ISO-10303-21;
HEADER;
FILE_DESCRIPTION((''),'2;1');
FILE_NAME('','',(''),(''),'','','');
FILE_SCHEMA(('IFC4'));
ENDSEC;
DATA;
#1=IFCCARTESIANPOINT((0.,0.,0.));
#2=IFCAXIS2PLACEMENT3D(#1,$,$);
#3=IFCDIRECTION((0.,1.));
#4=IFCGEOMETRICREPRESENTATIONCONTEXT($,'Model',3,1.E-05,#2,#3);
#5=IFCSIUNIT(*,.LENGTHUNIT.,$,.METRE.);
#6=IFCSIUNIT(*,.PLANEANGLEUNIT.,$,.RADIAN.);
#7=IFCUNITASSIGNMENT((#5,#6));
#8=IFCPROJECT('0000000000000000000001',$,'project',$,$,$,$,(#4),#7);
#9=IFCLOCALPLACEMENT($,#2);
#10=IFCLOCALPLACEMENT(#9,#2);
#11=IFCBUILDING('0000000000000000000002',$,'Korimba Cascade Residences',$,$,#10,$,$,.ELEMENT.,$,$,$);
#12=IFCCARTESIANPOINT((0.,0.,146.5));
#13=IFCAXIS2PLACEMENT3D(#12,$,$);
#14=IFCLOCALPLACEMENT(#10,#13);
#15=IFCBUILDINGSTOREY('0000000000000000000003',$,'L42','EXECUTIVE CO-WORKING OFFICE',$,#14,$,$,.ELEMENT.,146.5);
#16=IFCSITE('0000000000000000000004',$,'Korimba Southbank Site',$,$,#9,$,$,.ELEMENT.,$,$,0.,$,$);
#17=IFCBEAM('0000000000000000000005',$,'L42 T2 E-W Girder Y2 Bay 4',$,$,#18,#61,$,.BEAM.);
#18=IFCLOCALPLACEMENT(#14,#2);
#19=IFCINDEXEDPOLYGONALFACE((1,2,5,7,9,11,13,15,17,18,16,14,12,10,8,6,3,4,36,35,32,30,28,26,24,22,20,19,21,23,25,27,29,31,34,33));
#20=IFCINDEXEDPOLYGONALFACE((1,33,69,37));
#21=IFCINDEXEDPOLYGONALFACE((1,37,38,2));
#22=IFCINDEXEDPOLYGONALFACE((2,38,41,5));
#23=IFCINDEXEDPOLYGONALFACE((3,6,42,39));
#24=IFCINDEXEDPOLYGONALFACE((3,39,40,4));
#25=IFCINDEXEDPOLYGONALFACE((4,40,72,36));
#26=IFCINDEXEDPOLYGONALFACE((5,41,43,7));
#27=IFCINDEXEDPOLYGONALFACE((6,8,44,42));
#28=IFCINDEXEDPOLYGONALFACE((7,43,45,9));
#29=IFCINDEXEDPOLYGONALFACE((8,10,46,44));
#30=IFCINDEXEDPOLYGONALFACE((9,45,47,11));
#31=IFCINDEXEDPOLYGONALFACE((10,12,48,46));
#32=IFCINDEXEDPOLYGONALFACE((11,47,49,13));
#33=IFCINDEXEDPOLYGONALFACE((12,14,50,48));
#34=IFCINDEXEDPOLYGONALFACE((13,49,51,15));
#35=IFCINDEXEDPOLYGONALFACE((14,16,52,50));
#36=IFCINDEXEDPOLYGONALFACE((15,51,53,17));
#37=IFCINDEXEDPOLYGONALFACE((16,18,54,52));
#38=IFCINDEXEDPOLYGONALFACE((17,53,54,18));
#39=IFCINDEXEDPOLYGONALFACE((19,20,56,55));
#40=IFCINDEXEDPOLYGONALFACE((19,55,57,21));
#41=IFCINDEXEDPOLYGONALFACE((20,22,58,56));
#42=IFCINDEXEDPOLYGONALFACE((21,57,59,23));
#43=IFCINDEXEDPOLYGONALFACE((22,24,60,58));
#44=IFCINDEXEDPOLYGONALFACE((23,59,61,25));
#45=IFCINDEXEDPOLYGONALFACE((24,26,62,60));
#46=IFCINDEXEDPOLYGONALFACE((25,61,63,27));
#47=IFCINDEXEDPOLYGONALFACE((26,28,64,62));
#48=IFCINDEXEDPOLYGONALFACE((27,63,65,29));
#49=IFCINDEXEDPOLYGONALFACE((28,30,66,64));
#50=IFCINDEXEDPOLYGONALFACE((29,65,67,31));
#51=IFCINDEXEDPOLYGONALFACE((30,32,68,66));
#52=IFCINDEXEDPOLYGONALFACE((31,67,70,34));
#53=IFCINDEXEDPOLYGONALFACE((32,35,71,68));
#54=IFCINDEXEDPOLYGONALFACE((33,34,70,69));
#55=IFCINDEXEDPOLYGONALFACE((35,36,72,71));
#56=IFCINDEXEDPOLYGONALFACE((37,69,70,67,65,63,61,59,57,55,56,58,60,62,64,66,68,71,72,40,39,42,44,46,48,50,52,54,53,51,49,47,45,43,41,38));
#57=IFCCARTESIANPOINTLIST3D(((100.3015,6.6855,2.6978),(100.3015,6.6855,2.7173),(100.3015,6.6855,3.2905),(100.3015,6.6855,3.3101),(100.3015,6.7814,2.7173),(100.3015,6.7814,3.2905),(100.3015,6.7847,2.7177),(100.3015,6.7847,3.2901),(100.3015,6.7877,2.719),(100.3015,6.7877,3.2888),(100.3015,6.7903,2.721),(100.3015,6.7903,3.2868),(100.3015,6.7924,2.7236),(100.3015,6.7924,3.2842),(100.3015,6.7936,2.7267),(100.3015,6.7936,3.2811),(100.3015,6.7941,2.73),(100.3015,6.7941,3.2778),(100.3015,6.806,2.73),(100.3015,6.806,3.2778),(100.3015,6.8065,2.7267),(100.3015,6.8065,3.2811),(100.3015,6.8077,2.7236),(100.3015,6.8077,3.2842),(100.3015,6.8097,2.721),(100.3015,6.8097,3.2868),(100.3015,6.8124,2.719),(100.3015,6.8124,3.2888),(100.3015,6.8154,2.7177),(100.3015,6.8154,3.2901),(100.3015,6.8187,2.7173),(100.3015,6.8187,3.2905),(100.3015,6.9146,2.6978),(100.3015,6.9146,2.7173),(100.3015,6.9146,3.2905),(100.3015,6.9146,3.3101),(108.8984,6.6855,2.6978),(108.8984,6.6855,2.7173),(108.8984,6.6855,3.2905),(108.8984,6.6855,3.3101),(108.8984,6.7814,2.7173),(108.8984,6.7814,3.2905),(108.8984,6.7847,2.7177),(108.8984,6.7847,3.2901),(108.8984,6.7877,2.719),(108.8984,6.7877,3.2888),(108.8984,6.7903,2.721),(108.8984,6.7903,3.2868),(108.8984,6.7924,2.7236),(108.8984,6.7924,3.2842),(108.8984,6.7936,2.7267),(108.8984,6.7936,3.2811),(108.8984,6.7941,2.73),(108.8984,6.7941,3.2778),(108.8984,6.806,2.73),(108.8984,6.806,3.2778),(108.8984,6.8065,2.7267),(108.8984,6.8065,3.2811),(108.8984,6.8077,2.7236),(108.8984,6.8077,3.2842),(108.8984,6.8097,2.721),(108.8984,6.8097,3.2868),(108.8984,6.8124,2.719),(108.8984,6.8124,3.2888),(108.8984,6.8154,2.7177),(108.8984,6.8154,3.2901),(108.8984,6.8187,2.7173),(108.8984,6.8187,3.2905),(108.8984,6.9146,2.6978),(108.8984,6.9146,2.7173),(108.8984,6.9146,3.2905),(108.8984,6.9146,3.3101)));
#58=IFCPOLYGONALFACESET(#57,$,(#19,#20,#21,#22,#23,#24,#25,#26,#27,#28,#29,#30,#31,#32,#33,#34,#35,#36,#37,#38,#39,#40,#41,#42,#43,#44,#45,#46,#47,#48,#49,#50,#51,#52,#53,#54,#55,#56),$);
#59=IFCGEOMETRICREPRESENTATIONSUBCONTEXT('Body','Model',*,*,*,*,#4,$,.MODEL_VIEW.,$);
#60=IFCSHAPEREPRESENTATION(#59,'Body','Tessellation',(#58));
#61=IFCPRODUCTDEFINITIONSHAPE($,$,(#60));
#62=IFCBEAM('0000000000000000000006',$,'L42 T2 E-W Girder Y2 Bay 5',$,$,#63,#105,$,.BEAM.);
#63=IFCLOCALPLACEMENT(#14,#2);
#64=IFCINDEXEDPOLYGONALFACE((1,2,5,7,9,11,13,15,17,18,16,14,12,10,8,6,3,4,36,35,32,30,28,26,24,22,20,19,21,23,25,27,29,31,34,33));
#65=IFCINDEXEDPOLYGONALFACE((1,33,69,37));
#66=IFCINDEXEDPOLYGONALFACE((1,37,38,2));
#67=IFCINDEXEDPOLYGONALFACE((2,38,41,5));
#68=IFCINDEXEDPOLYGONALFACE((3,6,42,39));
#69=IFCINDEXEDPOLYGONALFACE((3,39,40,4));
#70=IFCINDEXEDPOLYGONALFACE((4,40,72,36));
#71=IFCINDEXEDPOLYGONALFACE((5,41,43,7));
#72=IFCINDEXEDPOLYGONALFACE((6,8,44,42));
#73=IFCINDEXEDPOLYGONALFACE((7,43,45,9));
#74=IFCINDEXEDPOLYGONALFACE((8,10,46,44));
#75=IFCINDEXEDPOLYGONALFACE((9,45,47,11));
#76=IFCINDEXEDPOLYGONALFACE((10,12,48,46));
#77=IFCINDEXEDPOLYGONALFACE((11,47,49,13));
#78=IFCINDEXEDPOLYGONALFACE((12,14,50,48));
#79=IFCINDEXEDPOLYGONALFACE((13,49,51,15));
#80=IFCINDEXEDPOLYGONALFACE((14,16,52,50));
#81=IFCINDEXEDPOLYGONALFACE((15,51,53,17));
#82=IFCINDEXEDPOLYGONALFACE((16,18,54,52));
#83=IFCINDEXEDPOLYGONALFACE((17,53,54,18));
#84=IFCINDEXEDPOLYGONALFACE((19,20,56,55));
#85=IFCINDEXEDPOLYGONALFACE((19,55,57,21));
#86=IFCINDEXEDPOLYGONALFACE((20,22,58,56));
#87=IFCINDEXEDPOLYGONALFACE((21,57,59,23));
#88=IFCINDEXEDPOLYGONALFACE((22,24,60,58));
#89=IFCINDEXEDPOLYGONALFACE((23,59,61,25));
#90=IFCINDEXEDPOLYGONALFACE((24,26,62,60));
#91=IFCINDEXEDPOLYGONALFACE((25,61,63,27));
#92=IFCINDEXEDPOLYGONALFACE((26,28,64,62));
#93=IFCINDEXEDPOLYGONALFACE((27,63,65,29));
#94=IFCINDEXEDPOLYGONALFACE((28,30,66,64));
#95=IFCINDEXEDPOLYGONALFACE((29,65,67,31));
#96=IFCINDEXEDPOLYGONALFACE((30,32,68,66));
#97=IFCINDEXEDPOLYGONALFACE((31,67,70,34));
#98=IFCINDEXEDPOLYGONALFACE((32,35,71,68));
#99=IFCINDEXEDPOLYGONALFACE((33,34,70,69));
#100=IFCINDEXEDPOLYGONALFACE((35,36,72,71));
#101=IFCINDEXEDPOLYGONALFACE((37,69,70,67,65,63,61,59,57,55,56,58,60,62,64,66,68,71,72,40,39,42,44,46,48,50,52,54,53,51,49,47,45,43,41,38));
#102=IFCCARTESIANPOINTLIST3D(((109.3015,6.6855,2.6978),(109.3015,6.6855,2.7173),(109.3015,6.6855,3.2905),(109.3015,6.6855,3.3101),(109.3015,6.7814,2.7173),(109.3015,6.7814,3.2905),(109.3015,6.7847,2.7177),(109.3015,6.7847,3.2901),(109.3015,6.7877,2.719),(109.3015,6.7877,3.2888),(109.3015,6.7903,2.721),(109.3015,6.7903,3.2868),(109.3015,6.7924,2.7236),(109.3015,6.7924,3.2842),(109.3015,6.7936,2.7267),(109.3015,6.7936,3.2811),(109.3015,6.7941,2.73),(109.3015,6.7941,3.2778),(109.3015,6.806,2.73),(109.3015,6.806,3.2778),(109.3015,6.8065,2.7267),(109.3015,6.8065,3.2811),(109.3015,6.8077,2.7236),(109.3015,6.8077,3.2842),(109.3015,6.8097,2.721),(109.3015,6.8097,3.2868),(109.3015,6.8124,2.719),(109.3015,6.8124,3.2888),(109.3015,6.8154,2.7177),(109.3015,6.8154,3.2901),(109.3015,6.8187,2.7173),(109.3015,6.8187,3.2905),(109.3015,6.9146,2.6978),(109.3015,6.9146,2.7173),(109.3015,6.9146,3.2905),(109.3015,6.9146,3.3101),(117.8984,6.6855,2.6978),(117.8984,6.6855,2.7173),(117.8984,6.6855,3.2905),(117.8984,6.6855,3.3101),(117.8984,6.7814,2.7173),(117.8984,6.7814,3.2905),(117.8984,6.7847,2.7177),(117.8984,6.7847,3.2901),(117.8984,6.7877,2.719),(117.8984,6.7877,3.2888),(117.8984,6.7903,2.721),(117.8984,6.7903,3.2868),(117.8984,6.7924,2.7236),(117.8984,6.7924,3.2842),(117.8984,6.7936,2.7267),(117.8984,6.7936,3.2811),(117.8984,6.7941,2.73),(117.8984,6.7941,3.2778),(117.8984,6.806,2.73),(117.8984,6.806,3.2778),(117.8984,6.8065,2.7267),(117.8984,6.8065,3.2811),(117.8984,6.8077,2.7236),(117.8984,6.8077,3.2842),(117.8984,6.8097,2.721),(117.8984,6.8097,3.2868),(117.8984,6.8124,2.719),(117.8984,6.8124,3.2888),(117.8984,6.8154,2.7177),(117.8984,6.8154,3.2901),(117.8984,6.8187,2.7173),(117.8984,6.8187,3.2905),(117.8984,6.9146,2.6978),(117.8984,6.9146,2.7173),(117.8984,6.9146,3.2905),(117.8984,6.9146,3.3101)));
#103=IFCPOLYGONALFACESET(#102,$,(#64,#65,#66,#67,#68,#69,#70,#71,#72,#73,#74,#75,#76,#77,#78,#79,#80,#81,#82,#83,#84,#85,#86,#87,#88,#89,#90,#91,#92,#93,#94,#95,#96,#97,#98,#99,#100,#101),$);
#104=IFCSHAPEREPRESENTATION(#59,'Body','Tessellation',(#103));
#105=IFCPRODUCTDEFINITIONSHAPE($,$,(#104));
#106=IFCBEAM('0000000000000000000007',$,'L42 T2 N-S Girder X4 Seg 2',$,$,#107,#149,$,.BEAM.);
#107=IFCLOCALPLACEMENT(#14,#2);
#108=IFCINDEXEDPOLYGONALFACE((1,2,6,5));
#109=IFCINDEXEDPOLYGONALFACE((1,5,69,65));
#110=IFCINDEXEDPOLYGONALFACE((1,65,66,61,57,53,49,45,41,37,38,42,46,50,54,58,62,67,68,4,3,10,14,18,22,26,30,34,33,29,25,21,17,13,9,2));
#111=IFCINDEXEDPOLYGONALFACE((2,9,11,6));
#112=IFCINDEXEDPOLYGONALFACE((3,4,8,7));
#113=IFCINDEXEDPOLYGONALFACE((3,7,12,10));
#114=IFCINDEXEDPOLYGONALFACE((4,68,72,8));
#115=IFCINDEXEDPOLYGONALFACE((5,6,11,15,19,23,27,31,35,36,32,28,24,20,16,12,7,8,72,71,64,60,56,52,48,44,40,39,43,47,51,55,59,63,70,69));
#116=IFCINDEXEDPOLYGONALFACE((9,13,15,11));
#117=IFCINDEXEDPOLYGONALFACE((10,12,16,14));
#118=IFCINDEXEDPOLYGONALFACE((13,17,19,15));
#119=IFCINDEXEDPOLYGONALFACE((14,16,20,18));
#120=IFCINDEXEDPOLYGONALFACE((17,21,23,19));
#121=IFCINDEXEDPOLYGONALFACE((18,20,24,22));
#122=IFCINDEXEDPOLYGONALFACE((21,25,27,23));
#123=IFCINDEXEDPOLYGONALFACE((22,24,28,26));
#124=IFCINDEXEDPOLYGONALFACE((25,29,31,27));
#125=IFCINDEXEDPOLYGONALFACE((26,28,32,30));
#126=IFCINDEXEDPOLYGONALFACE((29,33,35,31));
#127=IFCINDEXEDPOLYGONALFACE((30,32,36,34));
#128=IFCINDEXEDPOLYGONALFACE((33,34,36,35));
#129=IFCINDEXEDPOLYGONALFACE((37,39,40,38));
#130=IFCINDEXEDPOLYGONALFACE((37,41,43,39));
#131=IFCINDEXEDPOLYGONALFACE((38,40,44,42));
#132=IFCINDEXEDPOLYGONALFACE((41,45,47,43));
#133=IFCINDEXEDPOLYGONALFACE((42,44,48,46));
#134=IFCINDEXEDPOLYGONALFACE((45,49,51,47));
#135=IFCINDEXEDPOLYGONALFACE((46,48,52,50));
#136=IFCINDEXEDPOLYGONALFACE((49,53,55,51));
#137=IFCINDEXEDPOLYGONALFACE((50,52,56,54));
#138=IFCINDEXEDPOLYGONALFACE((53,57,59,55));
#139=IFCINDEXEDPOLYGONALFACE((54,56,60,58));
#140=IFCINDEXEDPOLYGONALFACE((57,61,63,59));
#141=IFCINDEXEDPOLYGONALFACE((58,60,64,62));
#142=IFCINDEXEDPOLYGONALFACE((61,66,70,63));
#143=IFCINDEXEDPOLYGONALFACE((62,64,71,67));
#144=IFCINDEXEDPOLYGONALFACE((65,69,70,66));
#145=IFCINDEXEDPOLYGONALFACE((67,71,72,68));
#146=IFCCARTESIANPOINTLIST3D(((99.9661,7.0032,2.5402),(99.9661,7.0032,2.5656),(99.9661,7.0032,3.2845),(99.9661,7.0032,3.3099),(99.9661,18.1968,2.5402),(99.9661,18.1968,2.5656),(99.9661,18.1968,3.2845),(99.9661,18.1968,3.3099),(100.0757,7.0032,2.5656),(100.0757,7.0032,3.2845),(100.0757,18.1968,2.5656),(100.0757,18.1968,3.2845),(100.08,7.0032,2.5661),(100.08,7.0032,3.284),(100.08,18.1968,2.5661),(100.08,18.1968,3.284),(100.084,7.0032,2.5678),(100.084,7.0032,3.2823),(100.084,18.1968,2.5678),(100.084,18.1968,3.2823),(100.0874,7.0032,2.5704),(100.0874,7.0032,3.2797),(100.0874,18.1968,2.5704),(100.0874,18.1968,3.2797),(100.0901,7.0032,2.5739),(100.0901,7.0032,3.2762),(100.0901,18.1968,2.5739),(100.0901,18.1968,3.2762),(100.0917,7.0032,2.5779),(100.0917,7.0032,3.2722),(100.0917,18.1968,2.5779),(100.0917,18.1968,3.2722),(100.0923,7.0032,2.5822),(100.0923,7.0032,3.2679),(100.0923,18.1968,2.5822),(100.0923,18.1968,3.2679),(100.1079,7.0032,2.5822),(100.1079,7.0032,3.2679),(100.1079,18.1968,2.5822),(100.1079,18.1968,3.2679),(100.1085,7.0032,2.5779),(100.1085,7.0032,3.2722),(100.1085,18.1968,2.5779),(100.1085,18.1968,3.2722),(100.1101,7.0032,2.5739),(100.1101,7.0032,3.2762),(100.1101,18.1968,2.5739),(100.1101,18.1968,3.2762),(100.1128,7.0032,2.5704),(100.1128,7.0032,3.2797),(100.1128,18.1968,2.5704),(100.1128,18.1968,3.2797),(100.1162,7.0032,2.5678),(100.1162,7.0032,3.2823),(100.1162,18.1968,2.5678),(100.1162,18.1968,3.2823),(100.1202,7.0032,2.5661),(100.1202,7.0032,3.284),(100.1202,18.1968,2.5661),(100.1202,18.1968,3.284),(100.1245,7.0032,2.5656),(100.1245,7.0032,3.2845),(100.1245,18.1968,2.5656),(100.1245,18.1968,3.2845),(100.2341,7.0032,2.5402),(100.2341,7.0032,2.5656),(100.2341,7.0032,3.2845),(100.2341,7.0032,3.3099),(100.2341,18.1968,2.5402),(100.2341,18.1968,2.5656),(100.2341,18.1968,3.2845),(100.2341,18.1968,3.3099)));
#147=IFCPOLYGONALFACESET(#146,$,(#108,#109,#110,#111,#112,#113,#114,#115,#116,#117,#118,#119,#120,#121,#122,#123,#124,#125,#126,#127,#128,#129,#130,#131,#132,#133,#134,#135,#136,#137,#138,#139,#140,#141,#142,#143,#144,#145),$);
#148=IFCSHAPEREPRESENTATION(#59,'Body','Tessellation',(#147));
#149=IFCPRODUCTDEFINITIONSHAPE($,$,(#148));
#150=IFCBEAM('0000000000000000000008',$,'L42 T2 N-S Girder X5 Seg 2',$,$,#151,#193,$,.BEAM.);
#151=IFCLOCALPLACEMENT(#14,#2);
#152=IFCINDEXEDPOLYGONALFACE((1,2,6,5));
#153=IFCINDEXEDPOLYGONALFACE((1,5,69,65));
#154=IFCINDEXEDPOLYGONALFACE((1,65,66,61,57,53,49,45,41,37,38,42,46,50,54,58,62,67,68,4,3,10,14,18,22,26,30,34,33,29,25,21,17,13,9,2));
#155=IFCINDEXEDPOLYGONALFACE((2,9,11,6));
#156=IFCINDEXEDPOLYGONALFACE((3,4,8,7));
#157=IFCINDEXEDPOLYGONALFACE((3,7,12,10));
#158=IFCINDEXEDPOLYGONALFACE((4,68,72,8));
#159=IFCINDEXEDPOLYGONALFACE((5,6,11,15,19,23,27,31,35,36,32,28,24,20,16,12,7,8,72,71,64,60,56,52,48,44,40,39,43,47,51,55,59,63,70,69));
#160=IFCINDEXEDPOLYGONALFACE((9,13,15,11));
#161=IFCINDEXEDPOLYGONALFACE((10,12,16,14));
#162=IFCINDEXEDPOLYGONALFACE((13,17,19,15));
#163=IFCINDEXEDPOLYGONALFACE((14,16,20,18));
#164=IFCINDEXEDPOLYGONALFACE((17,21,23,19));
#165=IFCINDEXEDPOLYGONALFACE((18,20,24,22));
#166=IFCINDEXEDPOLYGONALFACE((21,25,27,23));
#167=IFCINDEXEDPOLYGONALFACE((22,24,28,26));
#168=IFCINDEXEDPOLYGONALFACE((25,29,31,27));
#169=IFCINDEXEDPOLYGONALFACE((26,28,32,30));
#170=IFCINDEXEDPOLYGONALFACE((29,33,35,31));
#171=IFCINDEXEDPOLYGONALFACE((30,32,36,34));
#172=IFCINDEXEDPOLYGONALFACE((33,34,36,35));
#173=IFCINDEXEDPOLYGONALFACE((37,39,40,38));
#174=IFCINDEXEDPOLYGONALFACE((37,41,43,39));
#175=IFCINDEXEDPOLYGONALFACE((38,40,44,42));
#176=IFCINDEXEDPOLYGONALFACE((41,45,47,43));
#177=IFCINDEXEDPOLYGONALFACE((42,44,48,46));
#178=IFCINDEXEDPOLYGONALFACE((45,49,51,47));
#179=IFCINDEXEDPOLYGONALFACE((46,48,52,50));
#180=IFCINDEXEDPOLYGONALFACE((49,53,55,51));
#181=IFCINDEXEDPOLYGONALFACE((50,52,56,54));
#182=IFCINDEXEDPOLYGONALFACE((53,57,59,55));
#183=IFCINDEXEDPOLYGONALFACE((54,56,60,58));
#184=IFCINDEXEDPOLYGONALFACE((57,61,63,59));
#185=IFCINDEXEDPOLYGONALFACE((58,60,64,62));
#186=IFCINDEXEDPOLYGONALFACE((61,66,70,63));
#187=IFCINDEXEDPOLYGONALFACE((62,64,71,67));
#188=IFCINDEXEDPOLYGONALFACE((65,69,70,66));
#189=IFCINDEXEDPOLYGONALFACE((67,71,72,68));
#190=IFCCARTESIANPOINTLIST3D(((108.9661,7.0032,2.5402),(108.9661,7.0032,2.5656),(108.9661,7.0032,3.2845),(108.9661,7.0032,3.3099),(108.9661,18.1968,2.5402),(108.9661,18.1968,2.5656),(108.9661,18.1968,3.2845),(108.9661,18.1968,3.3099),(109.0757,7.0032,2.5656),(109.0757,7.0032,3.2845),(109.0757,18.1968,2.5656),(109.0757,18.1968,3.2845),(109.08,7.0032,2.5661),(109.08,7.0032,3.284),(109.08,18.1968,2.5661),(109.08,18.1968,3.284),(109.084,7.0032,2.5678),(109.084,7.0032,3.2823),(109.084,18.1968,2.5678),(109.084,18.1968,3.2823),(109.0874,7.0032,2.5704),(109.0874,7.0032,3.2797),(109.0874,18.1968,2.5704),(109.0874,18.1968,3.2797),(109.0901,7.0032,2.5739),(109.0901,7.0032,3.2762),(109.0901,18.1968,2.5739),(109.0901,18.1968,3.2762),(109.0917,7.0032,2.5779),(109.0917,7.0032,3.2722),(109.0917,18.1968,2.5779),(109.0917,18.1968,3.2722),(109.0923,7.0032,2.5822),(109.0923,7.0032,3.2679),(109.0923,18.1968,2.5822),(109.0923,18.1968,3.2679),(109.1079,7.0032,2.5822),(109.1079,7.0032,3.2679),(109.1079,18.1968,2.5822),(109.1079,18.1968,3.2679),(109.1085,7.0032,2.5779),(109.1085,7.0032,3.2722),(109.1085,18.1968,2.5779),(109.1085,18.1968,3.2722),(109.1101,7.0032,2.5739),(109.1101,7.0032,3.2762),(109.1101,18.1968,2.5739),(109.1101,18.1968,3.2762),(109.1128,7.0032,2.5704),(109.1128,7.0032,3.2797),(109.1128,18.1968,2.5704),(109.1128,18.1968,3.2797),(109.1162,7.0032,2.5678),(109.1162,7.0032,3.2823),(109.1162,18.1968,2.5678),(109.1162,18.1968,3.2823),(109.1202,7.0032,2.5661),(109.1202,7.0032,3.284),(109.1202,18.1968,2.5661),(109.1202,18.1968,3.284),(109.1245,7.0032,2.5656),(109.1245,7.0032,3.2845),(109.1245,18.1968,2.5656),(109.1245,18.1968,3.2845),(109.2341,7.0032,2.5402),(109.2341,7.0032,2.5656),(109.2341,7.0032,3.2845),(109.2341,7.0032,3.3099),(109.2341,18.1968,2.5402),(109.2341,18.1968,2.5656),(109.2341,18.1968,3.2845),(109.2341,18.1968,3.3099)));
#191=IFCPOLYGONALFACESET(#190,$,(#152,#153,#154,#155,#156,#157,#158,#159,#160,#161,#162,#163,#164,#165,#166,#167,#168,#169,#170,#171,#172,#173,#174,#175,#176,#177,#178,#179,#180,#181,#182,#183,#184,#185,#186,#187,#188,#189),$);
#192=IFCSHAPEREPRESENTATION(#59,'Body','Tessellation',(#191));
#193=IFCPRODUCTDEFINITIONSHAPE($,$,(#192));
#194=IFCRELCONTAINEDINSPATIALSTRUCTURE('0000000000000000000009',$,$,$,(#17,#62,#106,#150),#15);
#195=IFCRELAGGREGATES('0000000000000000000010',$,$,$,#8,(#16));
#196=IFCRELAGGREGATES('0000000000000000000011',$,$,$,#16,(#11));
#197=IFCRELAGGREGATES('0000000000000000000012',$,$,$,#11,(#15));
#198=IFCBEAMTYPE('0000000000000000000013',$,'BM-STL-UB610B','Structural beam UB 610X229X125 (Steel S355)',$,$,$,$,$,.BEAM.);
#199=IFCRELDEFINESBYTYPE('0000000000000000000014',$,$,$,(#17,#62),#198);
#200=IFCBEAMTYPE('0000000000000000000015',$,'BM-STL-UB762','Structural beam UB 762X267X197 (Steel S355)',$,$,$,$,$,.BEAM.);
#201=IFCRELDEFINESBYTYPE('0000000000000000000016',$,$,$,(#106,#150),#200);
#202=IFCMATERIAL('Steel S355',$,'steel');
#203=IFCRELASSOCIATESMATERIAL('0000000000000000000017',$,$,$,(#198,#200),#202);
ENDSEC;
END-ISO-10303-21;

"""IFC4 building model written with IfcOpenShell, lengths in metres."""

from ifc_helpers import new_model, si_unit, direction, frame, origin, origin_2d, place, context, subcontext, project, spatial, i_section, extrude, material, material_profile, profile_set, type_object, element, save


model = new_model("IFC4")

# Units and contexts
model_context = context("Model", 3, precision=1e-05, world=origin(), true_north=direction((0.0, 1.0)))
body_context = subcontext(model_context, "Body", "Model", "MODEL_VIEW")
ifc_project = project(units=[si_unit("LENGTHUNIT", "METRE"), si_unit("PLANEANGLEUNIT", "RADIAN")], contexts=[model_context])

# Site, building, storey
site_placement = place(None, origin())
site = spatial("IfcSite", under=ifc_project, at=site_placement, Name="Korimba Southbank Site", CompositionType="ELEMENT", RefElevation=0.0)
building_placement = place(site_placement, origin())
building = spatial("IfcBuilding", under=site, at=building_placement, Name="Korimba Cascade Residences", CompositionType="ELEMENT")
storey_placement = place(building_placement, frame((0.0, 0.0, 146.5)))
storey = spatial("IfcBuildingStorey", under=building, at=storey_placement, Name="L42", Description="EXECUTIVE CO-WORKING OFFICE", CompositionType="ELEMENT", Elevation=146.5)

# Beams
ifc_material_1 = material(Name="Steel S355", Category="steel")
ifc_material_profile_1 = material_profile(ifc_material_1, i_section(OverallWidth=0.229, OverallDepth=0.6123, WebThickness=0.012, FlangeThickness=0.0195, FilletRadius=0.0127, at=origin_2d()), Name="Steel S355")
ifc_profile_set_1 = profile_set([ifc_material_profile_1], Name="Steel S355")
beam_type_1 = type_object("IfcBeamType", Name="BM-STL-UB610B", Description="Structural beam UB 610X229X125 (Steel S355)", PredefinedType="BEAM", material=ifc_profile_set_1)
for number, where, z_axis, x_axis, name in (
    (1, (100.3015, 6.8, 3.0039), (1.0, 0.0, 0.0), (0.0, 1.0, 0.0), "L42 T2 E-W Girder Y2 Bay 4"),
    (2, (109.3015, 6.8, 3.0039), (1.0, 0.0, 0.0), (0.0, 1.0, 0.0), "L42 T2 E-W Girder Y2 Bay 5"),
):
    element("IfcBeam", number, at=place(storey_placement, frame(where, z_axis=z_axis, x_axis=x_axis)), inside=storey, type_object=beam_type_1, Name=name, PredefinedType="BEAM", context=body_context, shape_type="SweptSolid", body=[
        extrude(i_section(OverallWidth=0.229, OverallDepth=0.6123, WebThickness=0.012, FlangeThickness=0.0195, FilletRadius=0.0127, at=origin_2d()), origin(), (0.0, 0.0, 1.0), 8.5969),
    ])
ifc_material_profile_2 = material_profile(ifc_material_1, i_section(OverallWidth=0.2681, OverallDepth=0.7698, WebThickness=0.0156, FlangeThickness=0.0254, FilletRadius=0.0166, at=origin_2d()), Name="Steel S355")
ifc_profile_set_2 = profile_set([ifc_material_profile_2], Name="Steel S355")
beam_type_2 = type_object("IfcBeamType", Name="BM-STL-UB762", Description="Structural beam UB 762X267X197 (Steel S355)", PredefinedType="BEAM", material=ifc_profile_set_2)
for number, where, z_axis, x_axis, name in (
    (3, (100.1001, 7.0032, 2.925), (0.0, 1.0, 0.0), (-1.0, 0.0, 0.0), "L42 T2 N-S Girder X4 Seg 2"),
    (4, (109.1001, 7.0032, 2.925), (0.0, 1.0, 0.0), (-1.0, 0.0, 0.0), "L42 T2 N-S Girder X5 Seg 2"),
):
    element("IfcBeam", number, at=place(storey_placement, frame(where, z_axis=z_axis, x_axis=x_axis)), inside=storey, type_object=beam_type_2, Name=name, PredefinedType="BEAM", context=body_context, shape_type="SweptSolid", body=[
        extrude(i_section(OverallWidth=0.2681, OverallDepth=0.7698, WebThickness=0.0156, FlangeThickness=0.0254, FilletRadius=0.0166, at=origin_2d()), origin(), (0.0, 0.0, 1.0), 11.1936),
    ])

save(model, "model.ifc")
